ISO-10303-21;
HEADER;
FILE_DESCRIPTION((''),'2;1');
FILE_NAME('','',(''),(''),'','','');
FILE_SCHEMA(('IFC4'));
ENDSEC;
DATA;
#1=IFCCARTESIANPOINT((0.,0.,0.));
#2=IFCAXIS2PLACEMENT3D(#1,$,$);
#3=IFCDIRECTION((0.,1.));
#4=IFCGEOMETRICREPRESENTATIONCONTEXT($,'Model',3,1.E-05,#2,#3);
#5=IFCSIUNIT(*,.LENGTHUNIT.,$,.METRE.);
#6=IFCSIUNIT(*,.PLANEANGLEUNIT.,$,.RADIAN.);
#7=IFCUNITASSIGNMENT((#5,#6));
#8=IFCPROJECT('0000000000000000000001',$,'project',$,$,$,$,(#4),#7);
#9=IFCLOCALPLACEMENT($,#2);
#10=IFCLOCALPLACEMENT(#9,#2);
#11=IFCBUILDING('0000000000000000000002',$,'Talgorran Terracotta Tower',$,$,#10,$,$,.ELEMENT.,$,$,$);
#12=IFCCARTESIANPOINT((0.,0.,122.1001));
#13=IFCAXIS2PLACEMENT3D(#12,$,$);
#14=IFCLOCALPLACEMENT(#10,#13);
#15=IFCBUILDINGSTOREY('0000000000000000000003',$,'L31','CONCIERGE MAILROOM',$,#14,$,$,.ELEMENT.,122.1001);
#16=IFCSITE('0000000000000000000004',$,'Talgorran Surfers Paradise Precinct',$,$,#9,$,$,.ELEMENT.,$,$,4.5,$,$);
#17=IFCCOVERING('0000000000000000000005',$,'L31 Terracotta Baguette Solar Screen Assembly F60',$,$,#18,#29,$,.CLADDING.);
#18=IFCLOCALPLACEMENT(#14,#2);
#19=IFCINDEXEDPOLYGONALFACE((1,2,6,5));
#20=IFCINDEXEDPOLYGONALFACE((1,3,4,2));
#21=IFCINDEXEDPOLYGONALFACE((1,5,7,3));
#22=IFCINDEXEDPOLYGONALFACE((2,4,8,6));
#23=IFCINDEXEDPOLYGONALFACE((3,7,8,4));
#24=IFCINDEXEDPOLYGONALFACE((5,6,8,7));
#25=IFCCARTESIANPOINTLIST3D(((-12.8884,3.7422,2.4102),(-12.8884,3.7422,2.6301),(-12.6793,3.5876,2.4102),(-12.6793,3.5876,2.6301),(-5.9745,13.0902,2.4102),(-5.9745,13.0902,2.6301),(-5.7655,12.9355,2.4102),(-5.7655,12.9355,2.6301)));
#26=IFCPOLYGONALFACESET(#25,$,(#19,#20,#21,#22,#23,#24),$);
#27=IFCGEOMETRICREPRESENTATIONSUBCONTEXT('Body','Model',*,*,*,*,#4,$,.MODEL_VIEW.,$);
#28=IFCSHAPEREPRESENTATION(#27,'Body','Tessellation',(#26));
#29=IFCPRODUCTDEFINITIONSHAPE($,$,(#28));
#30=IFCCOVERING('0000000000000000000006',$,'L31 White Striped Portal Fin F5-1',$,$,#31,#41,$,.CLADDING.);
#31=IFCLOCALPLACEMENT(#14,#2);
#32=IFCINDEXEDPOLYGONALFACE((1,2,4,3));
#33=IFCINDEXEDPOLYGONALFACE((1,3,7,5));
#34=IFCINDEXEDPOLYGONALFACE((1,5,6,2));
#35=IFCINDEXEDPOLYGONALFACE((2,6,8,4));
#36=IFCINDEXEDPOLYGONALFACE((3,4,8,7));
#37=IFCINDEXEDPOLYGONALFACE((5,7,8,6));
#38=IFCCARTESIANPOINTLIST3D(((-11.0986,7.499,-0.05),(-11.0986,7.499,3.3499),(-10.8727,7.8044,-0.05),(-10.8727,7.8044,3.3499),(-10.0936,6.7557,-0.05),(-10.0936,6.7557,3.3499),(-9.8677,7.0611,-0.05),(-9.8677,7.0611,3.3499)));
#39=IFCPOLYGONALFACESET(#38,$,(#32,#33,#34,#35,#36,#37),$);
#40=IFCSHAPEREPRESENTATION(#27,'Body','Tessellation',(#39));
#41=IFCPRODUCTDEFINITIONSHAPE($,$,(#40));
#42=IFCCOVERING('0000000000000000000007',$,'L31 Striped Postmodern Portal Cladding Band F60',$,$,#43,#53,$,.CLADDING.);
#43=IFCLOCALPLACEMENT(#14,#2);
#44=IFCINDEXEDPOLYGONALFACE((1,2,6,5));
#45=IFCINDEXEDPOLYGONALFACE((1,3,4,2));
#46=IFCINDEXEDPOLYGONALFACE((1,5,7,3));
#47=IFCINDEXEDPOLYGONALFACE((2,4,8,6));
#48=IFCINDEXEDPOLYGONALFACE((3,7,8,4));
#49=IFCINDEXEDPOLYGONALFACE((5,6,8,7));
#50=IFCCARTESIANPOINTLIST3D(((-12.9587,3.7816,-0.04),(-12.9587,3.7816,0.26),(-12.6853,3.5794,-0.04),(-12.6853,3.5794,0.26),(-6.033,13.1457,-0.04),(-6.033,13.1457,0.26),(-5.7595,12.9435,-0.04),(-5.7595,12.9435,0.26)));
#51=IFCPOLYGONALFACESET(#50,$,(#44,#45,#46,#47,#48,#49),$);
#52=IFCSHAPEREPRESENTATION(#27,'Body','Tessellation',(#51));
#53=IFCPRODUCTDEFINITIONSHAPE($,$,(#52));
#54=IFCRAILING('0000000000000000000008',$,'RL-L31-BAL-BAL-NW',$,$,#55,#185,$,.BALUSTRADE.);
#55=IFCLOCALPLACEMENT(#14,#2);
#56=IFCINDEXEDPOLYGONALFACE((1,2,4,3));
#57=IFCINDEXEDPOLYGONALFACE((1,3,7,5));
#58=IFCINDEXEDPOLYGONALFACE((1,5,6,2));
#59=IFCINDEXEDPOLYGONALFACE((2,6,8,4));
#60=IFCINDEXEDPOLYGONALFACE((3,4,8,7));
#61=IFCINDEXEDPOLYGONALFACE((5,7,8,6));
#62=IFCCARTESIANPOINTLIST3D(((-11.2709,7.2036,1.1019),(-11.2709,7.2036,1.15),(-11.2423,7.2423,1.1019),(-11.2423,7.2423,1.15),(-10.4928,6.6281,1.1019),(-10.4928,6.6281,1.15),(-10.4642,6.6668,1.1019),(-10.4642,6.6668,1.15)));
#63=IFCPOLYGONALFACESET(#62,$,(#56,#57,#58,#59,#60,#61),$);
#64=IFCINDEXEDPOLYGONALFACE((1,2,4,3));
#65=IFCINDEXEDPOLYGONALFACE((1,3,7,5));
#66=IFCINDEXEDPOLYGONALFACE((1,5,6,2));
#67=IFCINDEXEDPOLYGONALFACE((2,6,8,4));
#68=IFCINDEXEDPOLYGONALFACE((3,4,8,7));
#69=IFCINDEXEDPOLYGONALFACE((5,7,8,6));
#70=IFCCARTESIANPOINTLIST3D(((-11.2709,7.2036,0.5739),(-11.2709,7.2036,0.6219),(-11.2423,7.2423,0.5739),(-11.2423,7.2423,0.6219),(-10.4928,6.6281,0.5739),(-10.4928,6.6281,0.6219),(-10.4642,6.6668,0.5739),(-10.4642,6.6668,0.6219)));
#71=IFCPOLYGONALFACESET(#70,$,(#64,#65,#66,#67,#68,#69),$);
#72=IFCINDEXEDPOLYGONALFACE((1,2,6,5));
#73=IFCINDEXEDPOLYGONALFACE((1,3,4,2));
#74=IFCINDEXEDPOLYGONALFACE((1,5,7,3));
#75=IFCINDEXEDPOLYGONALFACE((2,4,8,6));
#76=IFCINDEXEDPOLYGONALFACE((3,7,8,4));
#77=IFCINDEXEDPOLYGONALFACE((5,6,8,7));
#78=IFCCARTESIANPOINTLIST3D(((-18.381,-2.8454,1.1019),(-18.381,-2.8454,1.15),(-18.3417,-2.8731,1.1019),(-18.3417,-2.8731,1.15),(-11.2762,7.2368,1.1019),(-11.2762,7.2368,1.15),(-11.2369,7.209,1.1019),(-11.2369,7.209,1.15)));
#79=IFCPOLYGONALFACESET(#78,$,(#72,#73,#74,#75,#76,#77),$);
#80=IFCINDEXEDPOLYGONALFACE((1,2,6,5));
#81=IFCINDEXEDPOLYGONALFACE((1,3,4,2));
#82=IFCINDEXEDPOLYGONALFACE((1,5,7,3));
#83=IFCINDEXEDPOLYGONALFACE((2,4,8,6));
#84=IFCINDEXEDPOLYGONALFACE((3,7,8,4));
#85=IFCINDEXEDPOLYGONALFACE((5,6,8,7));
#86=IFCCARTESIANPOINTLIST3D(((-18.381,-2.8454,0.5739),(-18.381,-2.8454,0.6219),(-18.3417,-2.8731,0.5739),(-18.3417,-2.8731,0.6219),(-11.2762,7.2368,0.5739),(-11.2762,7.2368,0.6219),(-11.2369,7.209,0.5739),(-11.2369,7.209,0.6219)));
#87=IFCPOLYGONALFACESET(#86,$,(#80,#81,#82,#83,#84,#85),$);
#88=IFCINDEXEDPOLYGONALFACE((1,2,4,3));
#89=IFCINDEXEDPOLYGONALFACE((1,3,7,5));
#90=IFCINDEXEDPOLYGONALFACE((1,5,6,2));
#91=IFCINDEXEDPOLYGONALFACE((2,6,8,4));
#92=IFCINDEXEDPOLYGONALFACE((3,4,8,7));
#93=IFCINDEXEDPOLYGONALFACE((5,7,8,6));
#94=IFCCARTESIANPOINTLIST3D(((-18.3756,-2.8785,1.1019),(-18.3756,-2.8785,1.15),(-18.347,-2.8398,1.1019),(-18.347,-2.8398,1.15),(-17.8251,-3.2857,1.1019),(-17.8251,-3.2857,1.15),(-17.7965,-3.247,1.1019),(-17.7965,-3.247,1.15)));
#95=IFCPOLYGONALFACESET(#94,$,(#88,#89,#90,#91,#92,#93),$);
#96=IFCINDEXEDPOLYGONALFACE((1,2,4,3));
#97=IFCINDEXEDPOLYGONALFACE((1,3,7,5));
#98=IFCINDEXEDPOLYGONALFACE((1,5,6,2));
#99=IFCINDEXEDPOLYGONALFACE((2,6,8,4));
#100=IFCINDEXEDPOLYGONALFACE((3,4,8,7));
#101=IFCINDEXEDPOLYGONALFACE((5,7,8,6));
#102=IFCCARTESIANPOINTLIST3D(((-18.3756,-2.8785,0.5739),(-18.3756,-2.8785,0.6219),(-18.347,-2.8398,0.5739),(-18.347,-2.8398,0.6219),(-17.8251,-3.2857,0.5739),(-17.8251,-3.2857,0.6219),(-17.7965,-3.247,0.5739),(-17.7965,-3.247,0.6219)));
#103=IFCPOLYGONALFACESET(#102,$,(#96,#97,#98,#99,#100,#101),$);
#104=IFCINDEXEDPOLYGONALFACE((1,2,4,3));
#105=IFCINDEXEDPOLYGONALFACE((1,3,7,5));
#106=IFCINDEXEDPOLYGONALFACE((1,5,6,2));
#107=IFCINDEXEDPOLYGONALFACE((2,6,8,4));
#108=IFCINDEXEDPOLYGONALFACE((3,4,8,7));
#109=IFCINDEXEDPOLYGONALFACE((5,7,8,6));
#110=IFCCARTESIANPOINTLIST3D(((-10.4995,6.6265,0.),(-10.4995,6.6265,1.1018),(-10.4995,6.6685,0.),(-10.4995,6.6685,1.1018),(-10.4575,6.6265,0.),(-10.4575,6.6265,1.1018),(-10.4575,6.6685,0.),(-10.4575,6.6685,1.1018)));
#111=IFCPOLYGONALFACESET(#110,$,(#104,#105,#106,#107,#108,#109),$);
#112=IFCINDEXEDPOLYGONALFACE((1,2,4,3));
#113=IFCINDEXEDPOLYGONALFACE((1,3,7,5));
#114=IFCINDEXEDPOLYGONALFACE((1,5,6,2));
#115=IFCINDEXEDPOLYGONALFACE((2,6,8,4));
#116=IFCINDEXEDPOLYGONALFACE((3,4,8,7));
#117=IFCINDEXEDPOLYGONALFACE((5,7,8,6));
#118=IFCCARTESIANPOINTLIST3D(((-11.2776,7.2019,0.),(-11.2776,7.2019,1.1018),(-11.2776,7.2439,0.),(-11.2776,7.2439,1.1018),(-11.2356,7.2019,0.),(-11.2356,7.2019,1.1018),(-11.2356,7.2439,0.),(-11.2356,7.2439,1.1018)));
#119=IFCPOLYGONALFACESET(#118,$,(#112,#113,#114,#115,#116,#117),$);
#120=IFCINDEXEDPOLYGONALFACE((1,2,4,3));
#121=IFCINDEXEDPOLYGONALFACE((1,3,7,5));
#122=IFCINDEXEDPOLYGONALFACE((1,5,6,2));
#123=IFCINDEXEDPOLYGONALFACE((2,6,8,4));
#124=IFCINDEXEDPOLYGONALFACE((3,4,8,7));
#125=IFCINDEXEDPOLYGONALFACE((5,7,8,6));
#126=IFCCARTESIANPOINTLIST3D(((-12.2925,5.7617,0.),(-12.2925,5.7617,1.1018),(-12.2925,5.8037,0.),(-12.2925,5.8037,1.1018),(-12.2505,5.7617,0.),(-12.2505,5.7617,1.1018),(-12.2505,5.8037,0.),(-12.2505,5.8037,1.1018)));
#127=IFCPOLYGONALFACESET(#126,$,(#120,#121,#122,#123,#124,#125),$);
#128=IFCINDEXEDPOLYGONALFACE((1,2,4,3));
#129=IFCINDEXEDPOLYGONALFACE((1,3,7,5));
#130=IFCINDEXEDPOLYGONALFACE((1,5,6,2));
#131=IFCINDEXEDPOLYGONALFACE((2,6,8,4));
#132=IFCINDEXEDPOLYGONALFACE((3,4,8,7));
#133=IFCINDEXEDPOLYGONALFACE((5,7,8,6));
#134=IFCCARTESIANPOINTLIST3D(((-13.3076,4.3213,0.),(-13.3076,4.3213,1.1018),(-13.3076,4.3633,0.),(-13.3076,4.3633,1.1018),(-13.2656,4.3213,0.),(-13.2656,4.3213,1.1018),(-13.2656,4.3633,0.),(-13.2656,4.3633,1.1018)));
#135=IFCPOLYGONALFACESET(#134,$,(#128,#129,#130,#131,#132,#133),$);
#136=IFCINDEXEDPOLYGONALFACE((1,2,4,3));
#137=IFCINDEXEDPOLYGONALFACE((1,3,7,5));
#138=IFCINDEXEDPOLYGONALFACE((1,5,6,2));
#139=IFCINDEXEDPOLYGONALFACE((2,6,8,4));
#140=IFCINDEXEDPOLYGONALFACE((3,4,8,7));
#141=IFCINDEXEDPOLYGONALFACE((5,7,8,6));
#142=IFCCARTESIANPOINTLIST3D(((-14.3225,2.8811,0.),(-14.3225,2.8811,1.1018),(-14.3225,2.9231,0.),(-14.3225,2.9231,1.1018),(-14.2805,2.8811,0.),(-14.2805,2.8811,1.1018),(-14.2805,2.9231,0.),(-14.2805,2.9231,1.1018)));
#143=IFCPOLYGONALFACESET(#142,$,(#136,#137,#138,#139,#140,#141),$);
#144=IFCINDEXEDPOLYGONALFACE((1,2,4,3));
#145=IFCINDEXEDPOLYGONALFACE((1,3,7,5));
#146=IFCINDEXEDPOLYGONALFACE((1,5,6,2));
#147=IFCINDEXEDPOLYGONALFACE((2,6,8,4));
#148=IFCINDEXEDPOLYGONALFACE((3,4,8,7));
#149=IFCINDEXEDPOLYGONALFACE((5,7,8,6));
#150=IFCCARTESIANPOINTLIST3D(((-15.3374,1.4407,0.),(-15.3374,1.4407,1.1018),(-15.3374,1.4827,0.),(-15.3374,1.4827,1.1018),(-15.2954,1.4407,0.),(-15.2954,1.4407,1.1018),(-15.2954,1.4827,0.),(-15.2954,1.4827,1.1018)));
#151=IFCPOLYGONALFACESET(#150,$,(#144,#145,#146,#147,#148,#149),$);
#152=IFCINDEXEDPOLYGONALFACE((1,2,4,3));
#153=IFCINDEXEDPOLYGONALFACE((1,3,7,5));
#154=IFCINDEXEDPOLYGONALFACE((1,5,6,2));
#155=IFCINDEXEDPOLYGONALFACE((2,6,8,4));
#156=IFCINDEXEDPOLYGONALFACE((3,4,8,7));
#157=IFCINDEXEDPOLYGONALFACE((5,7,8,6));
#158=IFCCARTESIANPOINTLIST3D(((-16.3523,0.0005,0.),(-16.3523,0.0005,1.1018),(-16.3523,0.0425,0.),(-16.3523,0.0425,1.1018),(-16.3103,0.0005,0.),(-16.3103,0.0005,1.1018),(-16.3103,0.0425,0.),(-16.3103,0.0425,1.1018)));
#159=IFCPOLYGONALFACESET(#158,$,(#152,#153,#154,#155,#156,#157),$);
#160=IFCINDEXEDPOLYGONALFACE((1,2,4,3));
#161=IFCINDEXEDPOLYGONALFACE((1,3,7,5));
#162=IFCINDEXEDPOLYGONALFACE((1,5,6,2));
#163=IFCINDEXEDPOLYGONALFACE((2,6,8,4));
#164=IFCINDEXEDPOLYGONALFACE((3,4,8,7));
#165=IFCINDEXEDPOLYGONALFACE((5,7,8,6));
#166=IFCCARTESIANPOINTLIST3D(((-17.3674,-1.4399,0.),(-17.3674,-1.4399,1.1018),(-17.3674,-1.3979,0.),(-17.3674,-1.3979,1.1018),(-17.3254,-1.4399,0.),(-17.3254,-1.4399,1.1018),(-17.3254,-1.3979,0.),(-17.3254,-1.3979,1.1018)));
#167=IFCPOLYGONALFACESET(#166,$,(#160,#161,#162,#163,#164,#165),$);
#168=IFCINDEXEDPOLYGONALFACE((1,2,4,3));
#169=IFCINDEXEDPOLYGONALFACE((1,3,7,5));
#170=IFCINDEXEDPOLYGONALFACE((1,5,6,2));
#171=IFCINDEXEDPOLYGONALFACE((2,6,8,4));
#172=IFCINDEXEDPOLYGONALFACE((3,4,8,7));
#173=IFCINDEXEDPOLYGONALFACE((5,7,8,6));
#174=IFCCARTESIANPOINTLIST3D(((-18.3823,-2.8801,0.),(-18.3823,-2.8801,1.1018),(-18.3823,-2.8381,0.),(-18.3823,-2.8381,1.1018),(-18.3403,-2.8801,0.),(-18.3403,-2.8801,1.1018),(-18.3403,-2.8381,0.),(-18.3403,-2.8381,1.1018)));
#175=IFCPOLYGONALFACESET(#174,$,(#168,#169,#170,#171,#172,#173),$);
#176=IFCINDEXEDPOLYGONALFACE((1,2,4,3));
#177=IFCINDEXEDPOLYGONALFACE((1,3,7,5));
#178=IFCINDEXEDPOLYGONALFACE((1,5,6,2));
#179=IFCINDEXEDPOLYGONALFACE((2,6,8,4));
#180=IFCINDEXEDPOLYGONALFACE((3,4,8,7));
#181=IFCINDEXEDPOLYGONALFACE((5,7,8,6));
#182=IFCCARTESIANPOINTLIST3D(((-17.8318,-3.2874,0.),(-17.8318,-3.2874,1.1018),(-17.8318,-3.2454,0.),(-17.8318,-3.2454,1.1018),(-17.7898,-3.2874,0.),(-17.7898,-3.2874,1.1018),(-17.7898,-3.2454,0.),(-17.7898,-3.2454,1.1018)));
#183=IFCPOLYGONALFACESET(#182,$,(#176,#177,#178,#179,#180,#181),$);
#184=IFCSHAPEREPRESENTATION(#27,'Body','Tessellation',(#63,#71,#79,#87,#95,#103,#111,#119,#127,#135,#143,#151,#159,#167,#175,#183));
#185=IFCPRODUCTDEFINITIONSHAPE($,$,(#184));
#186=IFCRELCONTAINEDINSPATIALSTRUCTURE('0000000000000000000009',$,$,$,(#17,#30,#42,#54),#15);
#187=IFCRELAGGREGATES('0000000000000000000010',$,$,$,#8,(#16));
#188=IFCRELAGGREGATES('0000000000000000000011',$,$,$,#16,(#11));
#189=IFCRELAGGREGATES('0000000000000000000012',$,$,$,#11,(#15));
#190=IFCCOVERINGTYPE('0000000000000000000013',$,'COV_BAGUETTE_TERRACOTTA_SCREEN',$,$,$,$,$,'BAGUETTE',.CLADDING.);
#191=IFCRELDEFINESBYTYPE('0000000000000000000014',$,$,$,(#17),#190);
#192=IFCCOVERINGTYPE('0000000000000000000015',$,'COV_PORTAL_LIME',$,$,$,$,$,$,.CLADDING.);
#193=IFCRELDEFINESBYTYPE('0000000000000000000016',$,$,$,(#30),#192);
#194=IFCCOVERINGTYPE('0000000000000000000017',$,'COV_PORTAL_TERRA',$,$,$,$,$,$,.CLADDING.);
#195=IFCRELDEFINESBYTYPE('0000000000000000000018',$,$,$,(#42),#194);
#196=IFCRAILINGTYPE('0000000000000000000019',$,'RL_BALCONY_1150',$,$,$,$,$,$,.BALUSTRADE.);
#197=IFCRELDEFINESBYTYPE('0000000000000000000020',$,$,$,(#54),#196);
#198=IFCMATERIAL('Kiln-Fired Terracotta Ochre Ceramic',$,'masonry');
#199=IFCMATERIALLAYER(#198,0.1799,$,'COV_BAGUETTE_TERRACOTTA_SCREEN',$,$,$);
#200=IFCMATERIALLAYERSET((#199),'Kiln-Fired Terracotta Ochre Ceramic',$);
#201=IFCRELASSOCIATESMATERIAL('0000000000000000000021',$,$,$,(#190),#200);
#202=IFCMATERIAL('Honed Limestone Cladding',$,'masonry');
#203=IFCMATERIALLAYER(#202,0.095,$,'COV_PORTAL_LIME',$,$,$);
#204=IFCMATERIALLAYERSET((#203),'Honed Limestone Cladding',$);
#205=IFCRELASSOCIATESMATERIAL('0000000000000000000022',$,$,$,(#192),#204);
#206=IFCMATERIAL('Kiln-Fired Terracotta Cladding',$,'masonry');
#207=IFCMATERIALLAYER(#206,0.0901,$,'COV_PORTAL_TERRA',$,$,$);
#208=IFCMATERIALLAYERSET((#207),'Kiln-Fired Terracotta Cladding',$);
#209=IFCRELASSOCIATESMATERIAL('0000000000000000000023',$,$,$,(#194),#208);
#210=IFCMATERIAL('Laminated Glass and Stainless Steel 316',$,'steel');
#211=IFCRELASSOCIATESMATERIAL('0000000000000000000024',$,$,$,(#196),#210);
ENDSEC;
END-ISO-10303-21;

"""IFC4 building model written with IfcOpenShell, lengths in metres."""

from ifc_helpers import new_model, si_unit, direction, frame, origin, origin_2d, place, context, subcontext, project, spatial, rectangle, extrude, material, layer, layer_set, type_object, element, save


model = new_model("IFC4")

# Units and contexts
model_context = context("Model", 3, precision=1e-05, world=origin(), true_north=direction((0.0, 1.0)))
body_context = subcontext(model_context, "Body", "Model", "MODEL_VIEW")
ifc_project = project(units=[si_unit("LENGTHUNIT", "METRE"), si_unit("PLANEANGLEUNIT", "RADIAN")], contexts=[model_context])

# Site, building, storey
site_placement = place(None, origin())
site = spatial("IfcSite", under=ifc_project, at=site_placement, Name="Talgorran Surfers Paradise Precinct", CompositionType="ELEMENT", RefElevation=4.5)
building_placement = place(site_placement, origin())
building = spatial("IfcBuilding", under=site, at=building_placement, Name="Talgorran Terracotta Tower", CompositionType="ELEMENT")
storey_placement = place(building_placement, frame((0.0, 0.0, 122.1001)))
storey = spatial("IfcBuildingStorey", under=building, at=storey_placement, Name="L31", Description="CONCIERGE MAILROOM", CompositionType="ELEMENT", Elevation=122.1001)

# Coverings
ifc_material_1 = material(Name="Kiln-Fired Terracotta Ochre Ceramic", Category="masonry")
ifc_layer_1 = layer(ifc_material_1, 0.1799, Name="COV_BAGUETTE_TERRACOTTA_SCREEN")
ifc_layer_set_1 = layer_set([ifc_layer_1], Name="Kiln-Fired Terracotta Ochre Ceramic")
covering_type_1 = type_object("IfcCoveringType", Name="COV_BAGUETTE_TERRACOTTA_SCREEN", ElementType="BAGUETTE", PredefinedType="CLADDING", material=ifc_layer_set_1)
covering_1_placement = place(storey_placement, frame((-9.3269, 8.3389, 2.4102), z_axis=(0.0, 0.0, 1.0), x_axis=(-0.59464, -0.803992, 0.0)))
element("IfcCovering", 1, at=covering_1_placement, inside=storey, type_object=covering_type_1, Name="L31 Terracotta Baguette Solar Screen Assembly F60", PredefinedType="CLADDING", context=body_context, shape_type="SweptSolid", body=[
    extrude(rectangle(XDim=11.627, YDim=0.26, at=origin_2d()), origin(), (0.0, 0.0, 1.0), 0.22),
])
ifc_material_2 = material(Name="Honed Limestone Cladding", Category="masonry")
ifc_layer_2 = layer(ifc_material_2, 0.095, Name="COV_PORTAL_LIME")
ifc_layer_set_2 = layer_set([ifc_layer_2], Name="Honed Limestone Cladding")
covering_type_2 = type_object("IfcCoveringType", Name="COV_PORTAL_LIME", PredefinedType="CLADDING", material=ifc_layer_set_2)
covering_2_placement = place(storey_placement, frame((-10.4832, 7.28, -0.05), z_axis=(0.0, 0.0, 1.0), x_axis=(-0.59464, -0.803992, 0.0)))
element("IfcCovering", 2, at=covering_2_placement, inside=storey, type_object=covering_type_2, Name="L31 White Striped Portal Fin F5-1", PredefinedType="CLADDING", context=body_context, shape_type="SweptSolid", body=[
    extrude(rectangle(XDim=0.3799, YDim=1.25, at=origin_2d()), origin(), (0.0, 0.0, 1.0), 3.3999),
])
ifc_material_3 = material(Name="Kiln-Fired Terracotta Cladding", Category="masonry")
ifc_layer_3 = layer(ifc_material_3, 0.0901, Name="COV_PORTAL_TERRA")
ifc_layer_set_3 = layer_set([ifc_layer_3], Name="Kiln-Fired Terracotta Cladding")
covering_type_3 = type_object("IfcCoveringType", Name="COV_PORTAL_TERRA", PredefinedType="CLADDING", material=ifc_layer_set_3)
covering_3_placement = place(storey_placement, frame((-9.3591, 8.3625, -0.04), z_axis=(0.0, 0.0, 1.0), x_axis=(-0.59464, -0.803992, 0.0)))
element("IfcCovering", 3, at=covering_3_placement, inside=storey, type_object=covering_type_3, Name="L31 Striped Postmodern Portal Cladding Band F60", PredefinedType="CLADDING", context=body_context, shape_type="SweptSolid", body=[
    extrude(rectangle(XDim=11.647, YDim=0.3401, at=origin_2d()), origin(), (0.0, 0.0, 1.0), 0.3),
])

# Railing
ifc_material_4 = material(Name="Laminated Glass and Stainless Steel 316", Category="steel")
railing_type = type_object("IfcRailingType", Name="RL_BALCONY_1150", PredefinedType="BALUSTRADE", material=ifc_material_4)
railing_placement = place(storey_placement, frame((-10.4785, 6.6475, 0.0)))
element("IfcRailing", 4, at=railing_placement, inside=storey, type_object=railing_type, Name="RL-L31-BAL-BAL-NW", PredefinedType="BALUSTRADE", context=body_context, shape_type="SweptSolid", body=[
    extrude(rectangle(XDim=0.0481, YDim=0.0481, at=origin_2d()), frame((0.0, 0.0, 1.126), z_axis=(-0.804008, 0.594618, 0.0), x_axis=(-0.594618, -0.804008, 0.0)), (0.0, 0.0, 1.0), 0.9678),
    extrude(rectangle(XDim=0.0481, YDim=0.0481, at=origin_2d()), frame((0.0, 0.0, 0.5979), z_axis=(-0.804008, 0.594618, 0.0), x_axis=(-0.594618, -0.804008, 0.0)), (0.0, 0.0, 1.0), 0.9678),
    extrude(rectangle(XDim=0.0481, YDim=0.0481, at=origin_2d()), frame((-0.7781, 0.5754, 1.126), z_axis=(-0.576034, -0.817426, 0.0), x_axis=(0.817426, -0.576034, 0.0)), (0.0, 0.0, 1.0), 12.334),
    extrude(rectangle(XDim=0.0481, YDim=0.0481, at=origin_2d()), frame((-0.7781, 0.5754, 0.5979), z_axis=(-0.576034, -0.817426, 0.0), x_axis=(0.817426, -0.576034, 0.0)), (0.0, 0.0, 1.0), 12.334),
    extrude(rectangle(XDim=0.0481, YDim=0.0481, at=origin_2d()), frame((-7.8828, -9.5066, 1.126), z_axis=(0.803961, -0.594682, 0.0), x_axis=(0.594682, 0.803961, 0.0)), (0.0, 0.0, 1.0), 0.6848),
    extrude(rectangle(XDim=0.0481, YDim=0.0481, at=origin_2d()), frame((-7.8828, -9.5066, 0.5979), z_axis=(0.803961, -0.594682, 0.0), x_axis=(0.594682, 0.803961, 0.0)), (0.0, 0.0, 1.0), 0.6848),
    extrude(rectangle(XDim=0.042, YDim=0.042, at=origin_2d()), origin(), (0.0, 0.0, 1.0), 1.1018),
    extrude(rectangle(XDim=0.042, YDim=0.042, at=origin_2d()), frame((-0.7781, 0.5754, 0.0)), (0.0, 0.0, 1.0), 1.1018),
    extrude(rectangle(XDim=0.042, YDim=0.042, at=origin_2d()), frame((-1.793, -0.8647, 0.0)), (0.0, 0.0, 1.0), 1.1018),
    extrude(rectangle(XDim=0.042, YDim=0.042, at=origin_2d()), frame((-2.8081, -2.3052, 0.0)), (0.0, 0.0, 1.0), 1.1018),
    extrude(rectangle(XDim=0.042, YDim=0.042, at=origin_2d()), frame((-3.823, -3.7454, 0.0)), (0.0, 0.0, 1.0), 1.1018),
    extrude(rectangle(XDim=0.042, YDim=0.042, at=origin_2d()), frame((-4.8379, -5.1858, 0.0)), (0.0, 0.0, 1.0), 1.1018),
    extrude(rectangle(XDim=0.042, YDim=0.042, at=origin_2d()), frame((-5.8528, -6.626, 0.0)), (0.0, 0.0, 1.0), 1.1018),
    extrude(rectangle(XDim=0.042, YDim=0.042, at=origin_2d()), frame((-6.8679, -8.0664, 0.0)), (0.0, 0.0, 1.0), 1.1018),
    extrude(rectangle(XDim=0.042, YDim=0.042, at=origin_2d()), frame((-7.8828, -9.5066, 0.0)), (0.0, 0.0, 1.0), 1.1018),
    extrude(rectangle(XDim=0.042, YDim=0.042, at=origin_2d()), frame((-7.3323, -9.9138, 0.0)), (0.0, 0.0, 1.0), 1.1018),
])

save(model, "model.ifc")
